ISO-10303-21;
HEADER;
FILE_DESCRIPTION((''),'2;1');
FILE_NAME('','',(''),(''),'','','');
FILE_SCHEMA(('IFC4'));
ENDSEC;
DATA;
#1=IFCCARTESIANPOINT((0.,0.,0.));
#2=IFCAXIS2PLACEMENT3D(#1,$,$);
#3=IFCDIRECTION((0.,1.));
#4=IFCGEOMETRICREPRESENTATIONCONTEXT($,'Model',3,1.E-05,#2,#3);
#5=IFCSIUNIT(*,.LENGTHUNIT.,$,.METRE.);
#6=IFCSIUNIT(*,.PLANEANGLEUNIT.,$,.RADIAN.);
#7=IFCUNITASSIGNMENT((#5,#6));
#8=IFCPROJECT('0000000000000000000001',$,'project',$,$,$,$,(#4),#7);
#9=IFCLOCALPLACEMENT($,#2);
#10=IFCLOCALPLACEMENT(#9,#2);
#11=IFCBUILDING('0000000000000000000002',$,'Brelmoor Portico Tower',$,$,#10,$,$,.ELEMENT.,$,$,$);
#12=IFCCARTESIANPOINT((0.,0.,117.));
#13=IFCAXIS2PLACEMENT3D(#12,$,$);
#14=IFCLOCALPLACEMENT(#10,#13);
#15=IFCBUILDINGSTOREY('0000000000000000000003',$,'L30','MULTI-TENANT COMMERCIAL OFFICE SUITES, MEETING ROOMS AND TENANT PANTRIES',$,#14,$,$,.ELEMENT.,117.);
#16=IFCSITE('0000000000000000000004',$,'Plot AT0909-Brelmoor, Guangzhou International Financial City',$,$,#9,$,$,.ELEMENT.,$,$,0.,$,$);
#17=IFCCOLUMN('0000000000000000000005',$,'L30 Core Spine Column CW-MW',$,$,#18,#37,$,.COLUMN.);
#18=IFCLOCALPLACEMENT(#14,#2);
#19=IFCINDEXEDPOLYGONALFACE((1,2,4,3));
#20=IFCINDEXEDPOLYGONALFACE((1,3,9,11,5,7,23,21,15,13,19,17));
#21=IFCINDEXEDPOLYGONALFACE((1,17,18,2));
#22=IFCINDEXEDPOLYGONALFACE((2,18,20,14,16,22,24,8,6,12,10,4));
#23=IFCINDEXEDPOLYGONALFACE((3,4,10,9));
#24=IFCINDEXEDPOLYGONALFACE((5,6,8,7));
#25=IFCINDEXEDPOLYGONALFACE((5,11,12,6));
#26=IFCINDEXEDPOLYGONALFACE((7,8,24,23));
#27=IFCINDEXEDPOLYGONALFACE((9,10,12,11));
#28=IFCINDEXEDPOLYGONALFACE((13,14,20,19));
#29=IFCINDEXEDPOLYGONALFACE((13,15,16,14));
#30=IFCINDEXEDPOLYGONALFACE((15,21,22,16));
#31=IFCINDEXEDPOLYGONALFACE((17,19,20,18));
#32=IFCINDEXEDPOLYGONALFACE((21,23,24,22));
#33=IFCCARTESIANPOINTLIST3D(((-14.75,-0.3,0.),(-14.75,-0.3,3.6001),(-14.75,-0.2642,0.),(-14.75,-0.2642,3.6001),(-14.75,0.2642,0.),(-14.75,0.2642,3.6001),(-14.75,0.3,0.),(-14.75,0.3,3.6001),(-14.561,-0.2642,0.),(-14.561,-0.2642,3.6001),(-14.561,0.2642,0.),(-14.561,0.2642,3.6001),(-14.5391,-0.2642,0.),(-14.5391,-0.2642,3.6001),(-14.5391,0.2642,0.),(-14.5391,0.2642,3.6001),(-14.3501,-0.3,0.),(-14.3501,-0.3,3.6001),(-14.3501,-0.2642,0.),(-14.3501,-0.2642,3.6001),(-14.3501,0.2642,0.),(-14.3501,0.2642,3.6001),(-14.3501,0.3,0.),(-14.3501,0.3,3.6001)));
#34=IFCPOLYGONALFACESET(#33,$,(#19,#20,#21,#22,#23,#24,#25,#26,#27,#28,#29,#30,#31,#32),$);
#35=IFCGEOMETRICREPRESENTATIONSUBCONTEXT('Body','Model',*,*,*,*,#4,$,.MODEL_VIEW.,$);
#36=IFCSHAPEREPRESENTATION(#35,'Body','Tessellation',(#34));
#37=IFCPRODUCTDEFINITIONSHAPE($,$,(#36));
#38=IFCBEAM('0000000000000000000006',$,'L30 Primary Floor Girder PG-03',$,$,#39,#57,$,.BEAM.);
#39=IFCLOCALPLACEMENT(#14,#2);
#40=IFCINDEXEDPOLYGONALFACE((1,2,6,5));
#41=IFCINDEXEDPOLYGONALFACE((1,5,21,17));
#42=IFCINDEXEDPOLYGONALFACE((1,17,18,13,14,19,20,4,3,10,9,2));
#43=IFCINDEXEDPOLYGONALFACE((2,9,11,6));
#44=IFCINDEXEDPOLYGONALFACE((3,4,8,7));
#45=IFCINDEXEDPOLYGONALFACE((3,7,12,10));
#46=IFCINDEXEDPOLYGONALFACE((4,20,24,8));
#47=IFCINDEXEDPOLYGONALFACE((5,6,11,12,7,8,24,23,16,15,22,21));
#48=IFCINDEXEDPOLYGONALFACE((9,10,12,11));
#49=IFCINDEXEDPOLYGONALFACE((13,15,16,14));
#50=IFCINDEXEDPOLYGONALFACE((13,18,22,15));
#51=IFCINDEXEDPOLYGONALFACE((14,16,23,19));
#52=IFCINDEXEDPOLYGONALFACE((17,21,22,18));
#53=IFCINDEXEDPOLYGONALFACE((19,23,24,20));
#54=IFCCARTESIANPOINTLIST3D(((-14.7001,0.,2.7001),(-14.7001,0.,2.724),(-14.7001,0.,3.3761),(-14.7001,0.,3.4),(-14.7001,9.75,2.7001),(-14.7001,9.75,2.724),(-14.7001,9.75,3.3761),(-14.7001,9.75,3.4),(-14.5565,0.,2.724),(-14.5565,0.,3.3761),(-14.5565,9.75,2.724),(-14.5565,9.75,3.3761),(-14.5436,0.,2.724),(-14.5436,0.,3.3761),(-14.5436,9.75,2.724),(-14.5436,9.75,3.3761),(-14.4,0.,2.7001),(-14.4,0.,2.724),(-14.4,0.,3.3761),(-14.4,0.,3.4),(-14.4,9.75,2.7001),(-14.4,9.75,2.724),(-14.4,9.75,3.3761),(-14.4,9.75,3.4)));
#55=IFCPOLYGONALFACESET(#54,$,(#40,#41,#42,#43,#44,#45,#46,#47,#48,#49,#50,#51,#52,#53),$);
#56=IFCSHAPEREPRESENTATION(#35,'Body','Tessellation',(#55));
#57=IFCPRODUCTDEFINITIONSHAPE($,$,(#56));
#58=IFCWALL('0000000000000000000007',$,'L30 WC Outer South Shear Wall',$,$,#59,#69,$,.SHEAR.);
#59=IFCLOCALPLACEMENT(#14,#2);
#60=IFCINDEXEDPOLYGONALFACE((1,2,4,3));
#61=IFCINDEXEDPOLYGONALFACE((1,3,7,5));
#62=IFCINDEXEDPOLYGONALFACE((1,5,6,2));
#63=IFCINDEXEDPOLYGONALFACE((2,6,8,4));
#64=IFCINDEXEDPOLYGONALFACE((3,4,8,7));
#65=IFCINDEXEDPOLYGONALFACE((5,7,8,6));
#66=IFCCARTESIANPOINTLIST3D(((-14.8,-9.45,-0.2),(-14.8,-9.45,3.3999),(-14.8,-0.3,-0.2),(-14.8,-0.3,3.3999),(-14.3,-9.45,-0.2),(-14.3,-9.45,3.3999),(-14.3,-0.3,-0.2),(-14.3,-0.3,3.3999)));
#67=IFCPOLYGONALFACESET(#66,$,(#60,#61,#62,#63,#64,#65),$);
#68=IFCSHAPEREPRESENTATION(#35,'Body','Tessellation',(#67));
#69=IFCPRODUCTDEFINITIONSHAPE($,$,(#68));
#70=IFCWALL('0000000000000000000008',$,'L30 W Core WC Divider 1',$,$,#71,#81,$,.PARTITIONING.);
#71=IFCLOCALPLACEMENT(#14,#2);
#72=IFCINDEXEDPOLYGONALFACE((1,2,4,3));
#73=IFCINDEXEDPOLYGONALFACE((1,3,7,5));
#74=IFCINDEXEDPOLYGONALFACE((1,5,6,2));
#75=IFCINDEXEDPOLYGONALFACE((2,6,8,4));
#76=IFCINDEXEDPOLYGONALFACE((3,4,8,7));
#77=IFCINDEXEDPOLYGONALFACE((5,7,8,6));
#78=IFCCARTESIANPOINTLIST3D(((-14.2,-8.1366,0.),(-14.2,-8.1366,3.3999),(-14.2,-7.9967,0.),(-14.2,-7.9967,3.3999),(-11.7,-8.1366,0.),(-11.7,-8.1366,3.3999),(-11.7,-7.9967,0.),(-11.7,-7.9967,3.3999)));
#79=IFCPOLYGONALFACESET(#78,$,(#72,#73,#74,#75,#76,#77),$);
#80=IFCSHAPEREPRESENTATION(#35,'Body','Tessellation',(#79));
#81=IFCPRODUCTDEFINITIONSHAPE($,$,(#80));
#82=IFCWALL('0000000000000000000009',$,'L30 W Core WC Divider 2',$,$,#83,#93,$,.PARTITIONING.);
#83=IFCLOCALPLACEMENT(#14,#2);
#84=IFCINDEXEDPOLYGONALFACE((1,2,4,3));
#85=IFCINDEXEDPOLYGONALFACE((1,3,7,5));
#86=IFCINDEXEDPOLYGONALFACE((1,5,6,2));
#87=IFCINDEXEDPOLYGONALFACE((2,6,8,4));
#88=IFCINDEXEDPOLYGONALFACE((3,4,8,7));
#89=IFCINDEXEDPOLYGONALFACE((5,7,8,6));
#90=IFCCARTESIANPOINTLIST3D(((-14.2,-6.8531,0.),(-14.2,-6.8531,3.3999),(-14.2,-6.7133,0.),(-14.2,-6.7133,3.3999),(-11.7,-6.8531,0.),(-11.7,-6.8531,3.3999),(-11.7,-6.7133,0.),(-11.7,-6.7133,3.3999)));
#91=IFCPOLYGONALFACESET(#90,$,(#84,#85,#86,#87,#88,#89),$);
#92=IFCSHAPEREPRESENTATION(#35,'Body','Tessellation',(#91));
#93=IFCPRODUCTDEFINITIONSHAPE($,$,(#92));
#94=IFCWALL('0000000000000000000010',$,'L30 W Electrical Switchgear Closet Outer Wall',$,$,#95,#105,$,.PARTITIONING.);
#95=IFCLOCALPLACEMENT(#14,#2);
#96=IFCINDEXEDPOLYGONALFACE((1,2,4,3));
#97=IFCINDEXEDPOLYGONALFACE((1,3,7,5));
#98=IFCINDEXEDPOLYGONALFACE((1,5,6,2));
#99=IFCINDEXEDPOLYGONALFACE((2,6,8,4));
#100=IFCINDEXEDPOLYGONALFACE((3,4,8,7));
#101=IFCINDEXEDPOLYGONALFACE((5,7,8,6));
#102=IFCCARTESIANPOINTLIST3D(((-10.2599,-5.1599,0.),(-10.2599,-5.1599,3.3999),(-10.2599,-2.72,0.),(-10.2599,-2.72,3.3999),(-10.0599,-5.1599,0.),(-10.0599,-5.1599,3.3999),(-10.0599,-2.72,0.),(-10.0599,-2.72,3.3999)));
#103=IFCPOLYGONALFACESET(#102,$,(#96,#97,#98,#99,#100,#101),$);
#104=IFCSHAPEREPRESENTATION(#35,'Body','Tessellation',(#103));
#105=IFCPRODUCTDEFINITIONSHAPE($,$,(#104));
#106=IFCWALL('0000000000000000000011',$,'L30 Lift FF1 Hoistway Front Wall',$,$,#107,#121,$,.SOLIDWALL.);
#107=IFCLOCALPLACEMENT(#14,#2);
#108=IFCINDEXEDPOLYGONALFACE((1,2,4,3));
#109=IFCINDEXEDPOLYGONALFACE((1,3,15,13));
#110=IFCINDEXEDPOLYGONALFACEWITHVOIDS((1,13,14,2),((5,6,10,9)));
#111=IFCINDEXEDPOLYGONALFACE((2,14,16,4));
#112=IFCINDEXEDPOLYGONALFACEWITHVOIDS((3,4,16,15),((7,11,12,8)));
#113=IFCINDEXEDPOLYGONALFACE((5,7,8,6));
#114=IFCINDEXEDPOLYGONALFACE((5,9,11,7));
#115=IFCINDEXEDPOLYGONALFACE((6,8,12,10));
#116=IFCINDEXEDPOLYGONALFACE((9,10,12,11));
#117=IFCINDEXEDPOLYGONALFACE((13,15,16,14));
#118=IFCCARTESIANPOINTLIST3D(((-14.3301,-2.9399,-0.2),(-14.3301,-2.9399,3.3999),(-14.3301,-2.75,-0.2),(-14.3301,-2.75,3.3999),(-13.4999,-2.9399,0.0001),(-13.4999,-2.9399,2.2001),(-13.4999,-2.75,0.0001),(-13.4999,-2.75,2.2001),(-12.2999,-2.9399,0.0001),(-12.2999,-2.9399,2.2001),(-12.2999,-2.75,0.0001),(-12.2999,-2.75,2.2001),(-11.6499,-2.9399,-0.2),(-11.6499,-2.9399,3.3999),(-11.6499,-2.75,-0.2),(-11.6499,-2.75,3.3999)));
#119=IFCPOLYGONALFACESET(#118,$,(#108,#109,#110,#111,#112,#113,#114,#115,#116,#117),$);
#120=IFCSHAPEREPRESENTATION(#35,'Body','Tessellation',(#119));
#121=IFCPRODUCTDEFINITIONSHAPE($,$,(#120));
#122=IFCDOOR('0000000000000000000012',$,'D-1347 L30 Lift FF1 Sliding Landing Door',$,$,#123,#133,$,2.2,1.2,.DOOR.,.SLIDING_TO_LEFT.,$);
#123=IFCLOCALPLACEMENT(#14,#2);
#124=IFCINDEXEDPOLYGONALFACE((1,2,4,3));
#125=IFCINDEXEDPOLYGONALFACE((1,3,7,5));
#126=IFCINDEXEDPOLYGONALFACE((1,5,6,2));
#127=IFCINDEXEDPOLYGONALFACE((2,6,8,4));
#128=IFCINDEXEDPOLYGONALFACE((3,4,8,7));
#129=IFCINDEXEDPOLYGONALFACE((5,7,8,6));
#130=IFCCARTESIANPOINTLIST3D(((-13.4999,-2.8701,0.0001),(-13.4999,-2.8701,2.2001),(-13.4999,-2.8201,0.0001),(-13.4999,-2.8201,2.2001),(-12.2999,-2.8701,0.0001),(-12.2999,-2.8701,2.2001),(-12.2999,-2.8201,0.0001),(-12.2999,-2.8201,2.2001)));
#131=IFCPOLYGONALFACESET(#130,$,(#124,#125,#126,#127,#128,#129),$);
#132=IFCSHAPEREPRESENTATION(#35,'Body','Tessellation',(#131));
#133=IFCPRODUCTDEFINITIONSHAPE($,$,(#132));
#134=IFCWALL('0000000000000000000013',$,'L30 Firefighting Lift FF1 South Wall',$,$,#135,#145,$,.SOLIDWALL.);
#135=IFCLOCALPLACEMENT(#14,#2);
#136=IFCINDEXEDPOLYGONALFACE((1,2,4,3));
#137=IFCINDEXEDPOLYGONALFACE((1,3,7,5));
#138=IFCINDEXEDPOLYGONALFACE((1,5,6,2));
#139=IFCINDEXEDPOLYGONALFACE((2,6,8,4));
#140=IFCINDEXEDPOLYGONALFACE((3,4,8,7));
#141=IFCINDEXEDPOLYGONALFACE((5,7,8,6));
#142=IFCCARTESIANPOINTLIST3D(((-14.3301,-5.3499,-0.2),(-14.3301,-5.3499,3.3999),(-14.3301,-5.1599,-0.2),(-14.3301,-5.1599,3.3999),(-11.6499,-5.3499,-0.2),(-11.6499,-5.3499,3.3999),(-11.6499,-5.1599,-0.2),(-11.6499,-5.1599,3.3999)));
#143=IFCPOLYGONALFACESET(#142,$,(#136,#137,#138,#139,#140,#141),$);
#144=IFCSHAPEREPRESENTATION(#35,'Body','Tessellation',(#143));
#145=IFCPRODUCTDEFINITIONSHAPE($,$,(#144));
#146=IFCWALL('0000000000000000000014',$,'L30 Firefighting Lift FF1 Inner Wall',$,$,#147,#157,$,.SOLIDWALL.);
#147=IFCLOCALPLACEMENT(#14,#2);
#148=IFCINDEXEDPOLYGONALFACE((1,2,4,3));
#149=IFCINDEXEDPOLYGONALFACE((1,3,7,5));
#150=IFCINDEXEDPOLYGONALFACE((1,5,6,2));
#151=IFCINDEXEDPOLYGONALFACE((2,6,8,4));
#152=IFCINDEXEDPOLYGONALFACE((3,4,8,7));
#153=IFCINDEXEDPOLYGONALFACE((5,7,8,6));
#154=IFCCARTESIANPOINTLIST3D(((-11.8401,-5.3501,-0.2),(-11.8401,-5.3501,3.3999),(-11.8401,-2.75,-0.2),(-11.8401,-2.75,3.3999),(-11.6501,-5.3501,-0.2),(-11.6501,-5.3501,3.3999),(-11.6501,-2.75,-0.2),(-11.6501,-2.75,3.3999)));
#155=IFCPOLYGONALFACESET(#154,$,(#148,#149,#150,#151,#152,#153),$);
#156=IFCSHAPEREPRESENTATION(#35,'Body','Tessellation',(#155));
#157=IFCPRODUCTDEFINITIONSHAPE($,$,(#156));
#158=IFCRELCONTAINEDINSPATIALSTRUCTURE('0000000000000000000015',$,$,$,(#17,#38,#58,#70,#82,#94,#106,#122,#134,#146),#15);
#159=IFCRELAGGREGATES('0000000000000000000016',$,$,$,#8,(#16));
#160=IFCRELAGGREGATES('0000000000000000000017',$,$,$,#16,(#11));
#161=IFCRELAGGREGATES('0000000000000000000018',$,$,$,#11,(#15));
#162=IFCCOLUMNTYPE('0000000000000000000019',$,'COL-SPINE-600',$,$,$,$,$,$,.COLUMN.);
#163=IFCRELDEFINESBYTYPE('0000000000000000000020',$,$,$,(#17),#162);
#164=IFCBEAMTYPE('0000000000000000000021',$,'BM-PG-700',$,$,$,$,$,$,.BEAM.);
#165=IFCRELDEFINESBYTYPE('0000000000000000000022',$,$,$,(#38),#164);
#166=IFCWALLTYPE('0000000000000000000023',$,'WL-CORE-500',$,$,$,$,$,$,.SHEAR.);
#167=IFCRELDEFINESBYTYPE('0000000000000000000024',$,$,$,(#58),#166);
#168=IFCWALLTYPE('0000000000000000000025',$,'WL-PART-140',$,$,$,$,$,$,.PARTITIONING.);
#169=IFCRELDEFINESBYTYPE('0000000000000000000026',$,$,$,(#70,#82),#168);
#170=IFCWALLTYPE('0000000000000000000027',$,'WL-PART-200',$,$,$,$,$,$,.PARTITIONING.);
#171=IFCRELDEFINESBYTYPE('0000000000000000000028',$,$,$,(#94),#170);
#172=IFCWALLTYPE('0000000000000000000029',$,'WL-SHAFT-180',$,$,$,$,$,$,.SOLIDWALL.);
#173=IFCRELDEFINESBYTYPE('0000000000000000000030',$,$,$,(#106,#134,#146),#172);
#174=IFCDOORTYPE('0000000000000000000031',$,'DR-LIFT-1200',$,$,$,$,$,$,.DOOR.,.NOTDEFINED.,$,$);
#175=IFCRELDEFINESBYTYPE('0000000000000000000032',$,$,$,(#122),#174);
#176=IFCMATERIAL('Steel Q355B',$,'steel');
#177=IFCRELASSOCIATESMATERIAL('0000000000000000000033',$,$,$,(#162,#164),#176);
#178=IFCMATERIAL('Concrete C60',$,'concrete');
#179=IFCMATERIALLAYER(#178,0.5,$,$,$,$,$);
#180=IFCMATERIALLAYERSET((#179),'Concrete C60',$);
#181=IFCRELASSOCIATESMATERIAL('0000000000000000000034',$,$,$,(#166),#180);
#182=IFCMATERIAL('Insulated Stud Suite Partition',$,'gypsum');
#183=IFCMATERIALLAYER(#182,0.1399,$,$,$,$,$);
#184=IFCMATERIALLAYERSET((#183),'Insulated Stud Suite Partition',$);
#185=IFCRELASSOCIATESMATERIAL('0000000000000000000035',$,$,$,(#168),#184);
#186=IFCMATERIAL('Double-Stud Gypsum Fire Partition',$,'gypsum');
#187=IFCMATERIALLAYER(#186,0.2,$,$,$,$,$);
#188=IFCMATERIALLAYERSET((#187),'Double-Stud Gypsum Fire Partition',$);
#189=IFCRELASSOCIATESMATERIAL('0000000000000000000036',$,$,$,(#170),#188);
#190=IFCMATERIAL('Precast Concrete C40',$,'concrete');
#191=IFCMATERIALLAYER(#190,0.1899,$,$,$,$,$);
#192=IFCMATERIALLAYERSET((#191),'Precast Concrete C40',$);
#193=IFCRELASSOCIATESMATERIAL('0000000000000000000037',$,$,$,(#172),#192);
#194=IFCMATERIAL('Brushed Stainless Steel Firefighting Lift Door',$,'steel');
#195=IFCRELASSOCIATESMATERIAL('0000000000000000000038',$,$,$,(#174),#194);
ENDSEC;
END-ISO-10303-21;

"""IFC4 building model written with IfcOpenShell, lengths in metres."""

from ifc_helpers import new_model, si_unit, direction, frame, frame_2d, origin, origin_2d, place, context, subcontext, project, spatial, rectangle, i_section, extrude, material, layer, layer_set, material_profile, profile_set, type_object, element, fill, save


model = new_model("IFC4")

# Units and contexts
model_context = context("Model", 3, precision=1e-05, world=origin(), true_north=direction((0.0, 1.0)))
body_context = subcontext(model_context, "Body", "Model", "MODEL_VIEW")
ifc_project = project(units=[si_unit("LENGTHUNIT", "METRE"), si_unit("PLANEANGLEUNIT", "RADIAN")], contexts=[model_context])

# Site, building, storey
site_placement = place(None, origin())
site = spatial("IfcSite", under=ifc_project, at=site_placement, Name="Plot AT0909-Brelmoor, Guangzhou International Financial City", CompositionType="ELEMENT", RefElevation=0.0)
building_placement = place(site_placement, origin())
building = spatial("IfcBuilding", under=site, at=building_placement, Name="Brelmoor Portico Tower", CompositionType="ELEMENT")
storey_placement = place(building_placement, frame((0.0, 0.0, 117.0)))
storey = spatial("IfcBuildingStorey", under=building, at=storey_placement, Name="L30", Description="MULTI-TENANT COMMERCIAL OFFICE SUITES, MEETING ROOMS AND TENANT PANTRIES", CompositionType="ELEMENT", Elevation=117.0)

# Column
ifc_material_1 = material(Name="Steel Q355B", Category="steel")
ifc_material_profile_1 = material_profile(ifc_material_1, i_section(OverallWidth=0.3999, OverallDepth=0.6001, WebThickness=0.022, FlangeThickness=0.0359, at=origin_2d()), Name="HW 600x400x22x36")
ifc_profile_set_1 = profile_set([ifc_material_profile_1], Name="Steel Q355B")
column_type = type_object("IfcColumnType", Name="COL-SPINE-600", PredefinedType="COLUMN", material=ifc_profile_set_1)
column_placement = place(storey_placement, frame((-14.55, 0.0, 0.0), z_axis=(0.0, 0.0, 1.0), x_axis=(1.0, 0.0, 0.0)))
element("IfcColumn", 1, at=column_placement, inside=storey, type_object=column_type, Name="L30 Core Spine Column CW-MW", PredefinedType="COLUMN", context=body_context, shape_type="SweptSolid", body=[
    extrude(i_section(OverallWidth=0.3999, OverallDepth=0.6001, WebThickness=0.022, FlangeThickness=0.0359, at=origin_2d()), origin(), (0.0, 0.0, 1.0), 3.6001),
])

# Beam
ifc_material_profile_2 = material_profile(ifc_material_1, i_section(OverallWidth=0.3, OverallDepth=0.7, WebThickness=0.0129, FlangeThickness=0.0239, at=origin_2d()), Name="HN 700x300x13x24")
ifc_profile_set_2 = profile_set([ifc_material_profile_2], Name="Steel Q355B")
beam_type = type_object("IfcBeamType", Name="BM-PG-700", PredefinedType="BEAM", material=ifc_profile_set_2)
beam_placement = place(storey_placement, frame((-14.55, 0.0, 3.05), z_axis=(0.0, 1.0, 0.0), x_axis=(-1.0, 0.0, 0.0)))
element("IfcBeam", 2, at=beam_placement, inside=storey, type_object=beam_type, Name="L30 Primary Floor Girder PG-03", PredefinedType="BEAM", context=body_context, shape_type="SweptSolid", body=[
    extrude(i_section(OverallWidth=0.3, OverallDepth=0.7, WebThickness=0.0129, FlangeThickness=0.0239, at=origin_2d()), origin(), (0.0, 0.0, 1.0), 9.75),
])

# Walls
ifc_material_2 = material(Name="Concrete C60", Category="concrete")
ifc_layer_1 = layer(ifc_material_2, 0.5)
ifc_layer_set_1 = layer_set([ifc_layer_1], Name="Concrete C60")
wall_type_1 = type_object("IfcWallType", Name="WL-CORE-500", PredefinedType="SHEAR", material=ifc_layer_set_1)
wall_1_placement = place(storey_placement, frame((-14.55, -9.45, -0.2), z_axis=(0.0, 0.0, 1.0), x_axis=(0.0, 1.0, 0.0)))
element("IfcWall", 3, at=wall_1_placement, inside=storey, type_object=wall_type_1, Name="L30 WC Outer South Shear Wall", PredefinedType="SHEAR", context=body_context, shape_type="SweptSolid", body=[
    extrude(rectangle(XDim=9.1499, YDim=0.5, at=frame_2d((4.575, 0.0))), origin(), (0.0, 0.0, 1.0), 3.5999),
])
ifc_material_3 = material(Name="Insulated Stud Suite Partition", Category="gypsum")
ifc_layer_2 = layer(ifc_material_3, 0.1399)
ifc_layer_set_2 = layer_set([ifc_layer_2], Name="Insulated Stud Suite Partition")
wall_type_2 = type_object("IfcWallType", Name="WL-PART-140", PredefinedType="PARTITIONING", material=ifc_layer_set_2)
for number, where, z_axis, x_axis, name in (
    (4, (-11.7, -8.0667, 0.0), (0.0, 0.0, 1.0), (-1.0, 0.0, 0.0), "L30 W Core WC Divider 1"),
    (5, (-11.7, -6.7832, 0.0), (0.0, 0.0, 1.0), (-1.0, 0.0, 0.0), "L30 W Core WC Divider 2"),
):
    element("IfcWall", number, at=place(storey_placement, frame(where, z_axis=z_axis, x_axis=x_axis)), inside=storey, type_object=wall_type_2, Name=name, PredefinedType="PARTITIONING", context=body_context, shape_type="SweptSolid", body=[
        extrude(rectangle(XDim=2.5, YDim=0.1399, at=frame_2d((1.25, 0.0))), origin(), (0.0, 0.0, 1.0), 3.3999),
    ])

# Shared definitions
ifc_material_4 = material(Name="Double-Stud Gypsum Fire Partition", Category="gypsum")
ifc_layer_3 = layer(ifc_material_4, 0.2)
ifc_layer_set_3 = layer_set([ifc_layer_3], Name="Double-Stud Gypsum Fire Partition")
wall_type_3 = type_object("IfcWallType", Name="WL-PART-200", PredefinedType="PARTITIONING", material=ifc_layer_set_3)

# Wall
wall_2_placement = place(storey_placement, frame((-10.1599, -5.1599, 0.0), z_axis=(0.0, 0.0, 1.0), x_axis=(0.0, 1.0, 0.0)))
element("IfcWall", 6, at=wall_2_placement, inside=storey, type_object=wall_type_3, Name="L30 W Electrical Switchgear Closet Outer Wall", PredefinedType="PARTITIONING", context=body_context, shape_type="SweptSolid", body=[
    extrude(rectangle(XDim=2.4399, YDim=0.2, at=frame_2d((1.22, 0.0))), origin(), (0.0, 0.0, 1.0), 3.3999),
])

# Wall, opening, door
ifc_material_5 = material(Name="Precast Concrete C40", Category="concrete")
ifc_layer_4 = layer(ifc_material_5, 0.1899)
ifc_layer_set_4 = layer_set([ifc_layer_4], Name="Precast Concrete C40")
wall_type_4 = type_object("IfcWallType", Name="WL-SHAFT-180", PredefinedType="SOLIDWALL", material=ifc_layer_set_4)
wall_3_placement = place(storey_placement, frame((-14.3301, -2.845, -0.2), z_axis=(0.0, 0.0, 1.0), x_axis=(1.0, 0.0, 0.0)))
wall_3 = element("IfcWall", 7, at=wall_3_placement, inside=storey, type_object=wall_type_4, Name="L30 Lift FF1 Hoistway Front Wall", PredefinedType="SOLIDWALL", context=body_context, shape_type="SweptSolid", body=[
    extrude(rectangle(XDim=2.6802, YDim=0.1899, at=frame_2d((1.3401, 0.0))), origin(), (0.0, 0.0, 1.0), 3.5999),
])
opening_1_placement = place(wall_3_placement, frame((0.8301, 0.0, 0.2)))
opening_1 = element("IfcOpeningElement", 8, at=opening_1_placement, cuts=wall_3, PredefinedType="OPENING", context=body_context, shape_type="SweptSolid", body=[
    extrude(rectangle(XDim=1.2, YDim=2.2, at=frame_2d((0.6001, 1.1001))), frame((0.0, 0.105, 0.0), z_axis=(0.0, -1.0, 0.0), x_axis=(1.0, 0.0, 0.0)), (0.0, 0.0, 1.0), 0.21),
])
ifc_material_6 = material(Name="Brushed Stainless Steel Firefighting Lift Door", Category="steel")
door_type_1 = type_object("IfcDoorType", Name="DR-LIFT-1200", OperationType="NOTDEFINED", PredefinedType="DOOR", material=ifc_material_6)
door_1_placement = place(opening_1_placement, origin())
door_1 = element("IfcDoor", 9, at=door_1_placement, inside=storey, type_object=door_type_1, Name="D-1347 L30 Lift FF1 Sliding Landing Door", OperationType="SLIDING_TO_LEFT", OverallHeight=2.2, OverallWidth=1.2, PredefinedType="DOOR", context=body_context, shape_type="SweptSolid", body=[
    extrude(rectangle(XDim=1.2, YDim=2.2, at=frame_2d((0.6001, 1.1001))), frame((0.0, 0.0249, 0.0), z_axis=(0.0, -1.0, 0.0), x_axis=(1.0, 0.0, 0.0)), (0.0, 0.0, 1.0), 0.05),
])
fill(opening_1, door_1)

# Walls
wall_4_placement = place(storey_placement, frame((-14.3301, -5.2549, -0.2), z_axis=(0.0, 0.0, 1.0), x_axis=(1.0, 0.0, 0.0)))
element("IfcWall", 10, at=wall_4_placement, inside=storey, type_object=wall_type_4, Name="L30 Firefighting Lift FF1 South Wall", PredefinedType="SOLIDWALL", context=body_context, shape_type="SweptSolid", body=[
    extrude(rectangle(XDim=2.6802, YDim=0.1899, at=frame_2d((1.3401, 0.0))), origin(), (0.0, 0.0, 1.0), 3.5999),
])
wall_5_placement = place(storey_placement, frame((-11.7451, -5.3501, -0.2), z_axis=(0.0, 0.0, 1.0), x_axis=(0.0, 1.0, 0.0)))
element("IfcWall", 11, at=wall_5_placement, inside=storey, type_object=wall_type_4, Name="L30 Firefighting Lift FF1 Inner Wall", PredefinedType="SOLIDWALL", context=body_context, shape_type="SweptSolid", body=[
    extrude(rectangle(XDim=2.6001, YDim=0.1899, at=frame_2d((1.3, 0.0))), origin(), (0.0, 0.0, 1.0), 3.5999),
])

save(model, "model.ifc")
